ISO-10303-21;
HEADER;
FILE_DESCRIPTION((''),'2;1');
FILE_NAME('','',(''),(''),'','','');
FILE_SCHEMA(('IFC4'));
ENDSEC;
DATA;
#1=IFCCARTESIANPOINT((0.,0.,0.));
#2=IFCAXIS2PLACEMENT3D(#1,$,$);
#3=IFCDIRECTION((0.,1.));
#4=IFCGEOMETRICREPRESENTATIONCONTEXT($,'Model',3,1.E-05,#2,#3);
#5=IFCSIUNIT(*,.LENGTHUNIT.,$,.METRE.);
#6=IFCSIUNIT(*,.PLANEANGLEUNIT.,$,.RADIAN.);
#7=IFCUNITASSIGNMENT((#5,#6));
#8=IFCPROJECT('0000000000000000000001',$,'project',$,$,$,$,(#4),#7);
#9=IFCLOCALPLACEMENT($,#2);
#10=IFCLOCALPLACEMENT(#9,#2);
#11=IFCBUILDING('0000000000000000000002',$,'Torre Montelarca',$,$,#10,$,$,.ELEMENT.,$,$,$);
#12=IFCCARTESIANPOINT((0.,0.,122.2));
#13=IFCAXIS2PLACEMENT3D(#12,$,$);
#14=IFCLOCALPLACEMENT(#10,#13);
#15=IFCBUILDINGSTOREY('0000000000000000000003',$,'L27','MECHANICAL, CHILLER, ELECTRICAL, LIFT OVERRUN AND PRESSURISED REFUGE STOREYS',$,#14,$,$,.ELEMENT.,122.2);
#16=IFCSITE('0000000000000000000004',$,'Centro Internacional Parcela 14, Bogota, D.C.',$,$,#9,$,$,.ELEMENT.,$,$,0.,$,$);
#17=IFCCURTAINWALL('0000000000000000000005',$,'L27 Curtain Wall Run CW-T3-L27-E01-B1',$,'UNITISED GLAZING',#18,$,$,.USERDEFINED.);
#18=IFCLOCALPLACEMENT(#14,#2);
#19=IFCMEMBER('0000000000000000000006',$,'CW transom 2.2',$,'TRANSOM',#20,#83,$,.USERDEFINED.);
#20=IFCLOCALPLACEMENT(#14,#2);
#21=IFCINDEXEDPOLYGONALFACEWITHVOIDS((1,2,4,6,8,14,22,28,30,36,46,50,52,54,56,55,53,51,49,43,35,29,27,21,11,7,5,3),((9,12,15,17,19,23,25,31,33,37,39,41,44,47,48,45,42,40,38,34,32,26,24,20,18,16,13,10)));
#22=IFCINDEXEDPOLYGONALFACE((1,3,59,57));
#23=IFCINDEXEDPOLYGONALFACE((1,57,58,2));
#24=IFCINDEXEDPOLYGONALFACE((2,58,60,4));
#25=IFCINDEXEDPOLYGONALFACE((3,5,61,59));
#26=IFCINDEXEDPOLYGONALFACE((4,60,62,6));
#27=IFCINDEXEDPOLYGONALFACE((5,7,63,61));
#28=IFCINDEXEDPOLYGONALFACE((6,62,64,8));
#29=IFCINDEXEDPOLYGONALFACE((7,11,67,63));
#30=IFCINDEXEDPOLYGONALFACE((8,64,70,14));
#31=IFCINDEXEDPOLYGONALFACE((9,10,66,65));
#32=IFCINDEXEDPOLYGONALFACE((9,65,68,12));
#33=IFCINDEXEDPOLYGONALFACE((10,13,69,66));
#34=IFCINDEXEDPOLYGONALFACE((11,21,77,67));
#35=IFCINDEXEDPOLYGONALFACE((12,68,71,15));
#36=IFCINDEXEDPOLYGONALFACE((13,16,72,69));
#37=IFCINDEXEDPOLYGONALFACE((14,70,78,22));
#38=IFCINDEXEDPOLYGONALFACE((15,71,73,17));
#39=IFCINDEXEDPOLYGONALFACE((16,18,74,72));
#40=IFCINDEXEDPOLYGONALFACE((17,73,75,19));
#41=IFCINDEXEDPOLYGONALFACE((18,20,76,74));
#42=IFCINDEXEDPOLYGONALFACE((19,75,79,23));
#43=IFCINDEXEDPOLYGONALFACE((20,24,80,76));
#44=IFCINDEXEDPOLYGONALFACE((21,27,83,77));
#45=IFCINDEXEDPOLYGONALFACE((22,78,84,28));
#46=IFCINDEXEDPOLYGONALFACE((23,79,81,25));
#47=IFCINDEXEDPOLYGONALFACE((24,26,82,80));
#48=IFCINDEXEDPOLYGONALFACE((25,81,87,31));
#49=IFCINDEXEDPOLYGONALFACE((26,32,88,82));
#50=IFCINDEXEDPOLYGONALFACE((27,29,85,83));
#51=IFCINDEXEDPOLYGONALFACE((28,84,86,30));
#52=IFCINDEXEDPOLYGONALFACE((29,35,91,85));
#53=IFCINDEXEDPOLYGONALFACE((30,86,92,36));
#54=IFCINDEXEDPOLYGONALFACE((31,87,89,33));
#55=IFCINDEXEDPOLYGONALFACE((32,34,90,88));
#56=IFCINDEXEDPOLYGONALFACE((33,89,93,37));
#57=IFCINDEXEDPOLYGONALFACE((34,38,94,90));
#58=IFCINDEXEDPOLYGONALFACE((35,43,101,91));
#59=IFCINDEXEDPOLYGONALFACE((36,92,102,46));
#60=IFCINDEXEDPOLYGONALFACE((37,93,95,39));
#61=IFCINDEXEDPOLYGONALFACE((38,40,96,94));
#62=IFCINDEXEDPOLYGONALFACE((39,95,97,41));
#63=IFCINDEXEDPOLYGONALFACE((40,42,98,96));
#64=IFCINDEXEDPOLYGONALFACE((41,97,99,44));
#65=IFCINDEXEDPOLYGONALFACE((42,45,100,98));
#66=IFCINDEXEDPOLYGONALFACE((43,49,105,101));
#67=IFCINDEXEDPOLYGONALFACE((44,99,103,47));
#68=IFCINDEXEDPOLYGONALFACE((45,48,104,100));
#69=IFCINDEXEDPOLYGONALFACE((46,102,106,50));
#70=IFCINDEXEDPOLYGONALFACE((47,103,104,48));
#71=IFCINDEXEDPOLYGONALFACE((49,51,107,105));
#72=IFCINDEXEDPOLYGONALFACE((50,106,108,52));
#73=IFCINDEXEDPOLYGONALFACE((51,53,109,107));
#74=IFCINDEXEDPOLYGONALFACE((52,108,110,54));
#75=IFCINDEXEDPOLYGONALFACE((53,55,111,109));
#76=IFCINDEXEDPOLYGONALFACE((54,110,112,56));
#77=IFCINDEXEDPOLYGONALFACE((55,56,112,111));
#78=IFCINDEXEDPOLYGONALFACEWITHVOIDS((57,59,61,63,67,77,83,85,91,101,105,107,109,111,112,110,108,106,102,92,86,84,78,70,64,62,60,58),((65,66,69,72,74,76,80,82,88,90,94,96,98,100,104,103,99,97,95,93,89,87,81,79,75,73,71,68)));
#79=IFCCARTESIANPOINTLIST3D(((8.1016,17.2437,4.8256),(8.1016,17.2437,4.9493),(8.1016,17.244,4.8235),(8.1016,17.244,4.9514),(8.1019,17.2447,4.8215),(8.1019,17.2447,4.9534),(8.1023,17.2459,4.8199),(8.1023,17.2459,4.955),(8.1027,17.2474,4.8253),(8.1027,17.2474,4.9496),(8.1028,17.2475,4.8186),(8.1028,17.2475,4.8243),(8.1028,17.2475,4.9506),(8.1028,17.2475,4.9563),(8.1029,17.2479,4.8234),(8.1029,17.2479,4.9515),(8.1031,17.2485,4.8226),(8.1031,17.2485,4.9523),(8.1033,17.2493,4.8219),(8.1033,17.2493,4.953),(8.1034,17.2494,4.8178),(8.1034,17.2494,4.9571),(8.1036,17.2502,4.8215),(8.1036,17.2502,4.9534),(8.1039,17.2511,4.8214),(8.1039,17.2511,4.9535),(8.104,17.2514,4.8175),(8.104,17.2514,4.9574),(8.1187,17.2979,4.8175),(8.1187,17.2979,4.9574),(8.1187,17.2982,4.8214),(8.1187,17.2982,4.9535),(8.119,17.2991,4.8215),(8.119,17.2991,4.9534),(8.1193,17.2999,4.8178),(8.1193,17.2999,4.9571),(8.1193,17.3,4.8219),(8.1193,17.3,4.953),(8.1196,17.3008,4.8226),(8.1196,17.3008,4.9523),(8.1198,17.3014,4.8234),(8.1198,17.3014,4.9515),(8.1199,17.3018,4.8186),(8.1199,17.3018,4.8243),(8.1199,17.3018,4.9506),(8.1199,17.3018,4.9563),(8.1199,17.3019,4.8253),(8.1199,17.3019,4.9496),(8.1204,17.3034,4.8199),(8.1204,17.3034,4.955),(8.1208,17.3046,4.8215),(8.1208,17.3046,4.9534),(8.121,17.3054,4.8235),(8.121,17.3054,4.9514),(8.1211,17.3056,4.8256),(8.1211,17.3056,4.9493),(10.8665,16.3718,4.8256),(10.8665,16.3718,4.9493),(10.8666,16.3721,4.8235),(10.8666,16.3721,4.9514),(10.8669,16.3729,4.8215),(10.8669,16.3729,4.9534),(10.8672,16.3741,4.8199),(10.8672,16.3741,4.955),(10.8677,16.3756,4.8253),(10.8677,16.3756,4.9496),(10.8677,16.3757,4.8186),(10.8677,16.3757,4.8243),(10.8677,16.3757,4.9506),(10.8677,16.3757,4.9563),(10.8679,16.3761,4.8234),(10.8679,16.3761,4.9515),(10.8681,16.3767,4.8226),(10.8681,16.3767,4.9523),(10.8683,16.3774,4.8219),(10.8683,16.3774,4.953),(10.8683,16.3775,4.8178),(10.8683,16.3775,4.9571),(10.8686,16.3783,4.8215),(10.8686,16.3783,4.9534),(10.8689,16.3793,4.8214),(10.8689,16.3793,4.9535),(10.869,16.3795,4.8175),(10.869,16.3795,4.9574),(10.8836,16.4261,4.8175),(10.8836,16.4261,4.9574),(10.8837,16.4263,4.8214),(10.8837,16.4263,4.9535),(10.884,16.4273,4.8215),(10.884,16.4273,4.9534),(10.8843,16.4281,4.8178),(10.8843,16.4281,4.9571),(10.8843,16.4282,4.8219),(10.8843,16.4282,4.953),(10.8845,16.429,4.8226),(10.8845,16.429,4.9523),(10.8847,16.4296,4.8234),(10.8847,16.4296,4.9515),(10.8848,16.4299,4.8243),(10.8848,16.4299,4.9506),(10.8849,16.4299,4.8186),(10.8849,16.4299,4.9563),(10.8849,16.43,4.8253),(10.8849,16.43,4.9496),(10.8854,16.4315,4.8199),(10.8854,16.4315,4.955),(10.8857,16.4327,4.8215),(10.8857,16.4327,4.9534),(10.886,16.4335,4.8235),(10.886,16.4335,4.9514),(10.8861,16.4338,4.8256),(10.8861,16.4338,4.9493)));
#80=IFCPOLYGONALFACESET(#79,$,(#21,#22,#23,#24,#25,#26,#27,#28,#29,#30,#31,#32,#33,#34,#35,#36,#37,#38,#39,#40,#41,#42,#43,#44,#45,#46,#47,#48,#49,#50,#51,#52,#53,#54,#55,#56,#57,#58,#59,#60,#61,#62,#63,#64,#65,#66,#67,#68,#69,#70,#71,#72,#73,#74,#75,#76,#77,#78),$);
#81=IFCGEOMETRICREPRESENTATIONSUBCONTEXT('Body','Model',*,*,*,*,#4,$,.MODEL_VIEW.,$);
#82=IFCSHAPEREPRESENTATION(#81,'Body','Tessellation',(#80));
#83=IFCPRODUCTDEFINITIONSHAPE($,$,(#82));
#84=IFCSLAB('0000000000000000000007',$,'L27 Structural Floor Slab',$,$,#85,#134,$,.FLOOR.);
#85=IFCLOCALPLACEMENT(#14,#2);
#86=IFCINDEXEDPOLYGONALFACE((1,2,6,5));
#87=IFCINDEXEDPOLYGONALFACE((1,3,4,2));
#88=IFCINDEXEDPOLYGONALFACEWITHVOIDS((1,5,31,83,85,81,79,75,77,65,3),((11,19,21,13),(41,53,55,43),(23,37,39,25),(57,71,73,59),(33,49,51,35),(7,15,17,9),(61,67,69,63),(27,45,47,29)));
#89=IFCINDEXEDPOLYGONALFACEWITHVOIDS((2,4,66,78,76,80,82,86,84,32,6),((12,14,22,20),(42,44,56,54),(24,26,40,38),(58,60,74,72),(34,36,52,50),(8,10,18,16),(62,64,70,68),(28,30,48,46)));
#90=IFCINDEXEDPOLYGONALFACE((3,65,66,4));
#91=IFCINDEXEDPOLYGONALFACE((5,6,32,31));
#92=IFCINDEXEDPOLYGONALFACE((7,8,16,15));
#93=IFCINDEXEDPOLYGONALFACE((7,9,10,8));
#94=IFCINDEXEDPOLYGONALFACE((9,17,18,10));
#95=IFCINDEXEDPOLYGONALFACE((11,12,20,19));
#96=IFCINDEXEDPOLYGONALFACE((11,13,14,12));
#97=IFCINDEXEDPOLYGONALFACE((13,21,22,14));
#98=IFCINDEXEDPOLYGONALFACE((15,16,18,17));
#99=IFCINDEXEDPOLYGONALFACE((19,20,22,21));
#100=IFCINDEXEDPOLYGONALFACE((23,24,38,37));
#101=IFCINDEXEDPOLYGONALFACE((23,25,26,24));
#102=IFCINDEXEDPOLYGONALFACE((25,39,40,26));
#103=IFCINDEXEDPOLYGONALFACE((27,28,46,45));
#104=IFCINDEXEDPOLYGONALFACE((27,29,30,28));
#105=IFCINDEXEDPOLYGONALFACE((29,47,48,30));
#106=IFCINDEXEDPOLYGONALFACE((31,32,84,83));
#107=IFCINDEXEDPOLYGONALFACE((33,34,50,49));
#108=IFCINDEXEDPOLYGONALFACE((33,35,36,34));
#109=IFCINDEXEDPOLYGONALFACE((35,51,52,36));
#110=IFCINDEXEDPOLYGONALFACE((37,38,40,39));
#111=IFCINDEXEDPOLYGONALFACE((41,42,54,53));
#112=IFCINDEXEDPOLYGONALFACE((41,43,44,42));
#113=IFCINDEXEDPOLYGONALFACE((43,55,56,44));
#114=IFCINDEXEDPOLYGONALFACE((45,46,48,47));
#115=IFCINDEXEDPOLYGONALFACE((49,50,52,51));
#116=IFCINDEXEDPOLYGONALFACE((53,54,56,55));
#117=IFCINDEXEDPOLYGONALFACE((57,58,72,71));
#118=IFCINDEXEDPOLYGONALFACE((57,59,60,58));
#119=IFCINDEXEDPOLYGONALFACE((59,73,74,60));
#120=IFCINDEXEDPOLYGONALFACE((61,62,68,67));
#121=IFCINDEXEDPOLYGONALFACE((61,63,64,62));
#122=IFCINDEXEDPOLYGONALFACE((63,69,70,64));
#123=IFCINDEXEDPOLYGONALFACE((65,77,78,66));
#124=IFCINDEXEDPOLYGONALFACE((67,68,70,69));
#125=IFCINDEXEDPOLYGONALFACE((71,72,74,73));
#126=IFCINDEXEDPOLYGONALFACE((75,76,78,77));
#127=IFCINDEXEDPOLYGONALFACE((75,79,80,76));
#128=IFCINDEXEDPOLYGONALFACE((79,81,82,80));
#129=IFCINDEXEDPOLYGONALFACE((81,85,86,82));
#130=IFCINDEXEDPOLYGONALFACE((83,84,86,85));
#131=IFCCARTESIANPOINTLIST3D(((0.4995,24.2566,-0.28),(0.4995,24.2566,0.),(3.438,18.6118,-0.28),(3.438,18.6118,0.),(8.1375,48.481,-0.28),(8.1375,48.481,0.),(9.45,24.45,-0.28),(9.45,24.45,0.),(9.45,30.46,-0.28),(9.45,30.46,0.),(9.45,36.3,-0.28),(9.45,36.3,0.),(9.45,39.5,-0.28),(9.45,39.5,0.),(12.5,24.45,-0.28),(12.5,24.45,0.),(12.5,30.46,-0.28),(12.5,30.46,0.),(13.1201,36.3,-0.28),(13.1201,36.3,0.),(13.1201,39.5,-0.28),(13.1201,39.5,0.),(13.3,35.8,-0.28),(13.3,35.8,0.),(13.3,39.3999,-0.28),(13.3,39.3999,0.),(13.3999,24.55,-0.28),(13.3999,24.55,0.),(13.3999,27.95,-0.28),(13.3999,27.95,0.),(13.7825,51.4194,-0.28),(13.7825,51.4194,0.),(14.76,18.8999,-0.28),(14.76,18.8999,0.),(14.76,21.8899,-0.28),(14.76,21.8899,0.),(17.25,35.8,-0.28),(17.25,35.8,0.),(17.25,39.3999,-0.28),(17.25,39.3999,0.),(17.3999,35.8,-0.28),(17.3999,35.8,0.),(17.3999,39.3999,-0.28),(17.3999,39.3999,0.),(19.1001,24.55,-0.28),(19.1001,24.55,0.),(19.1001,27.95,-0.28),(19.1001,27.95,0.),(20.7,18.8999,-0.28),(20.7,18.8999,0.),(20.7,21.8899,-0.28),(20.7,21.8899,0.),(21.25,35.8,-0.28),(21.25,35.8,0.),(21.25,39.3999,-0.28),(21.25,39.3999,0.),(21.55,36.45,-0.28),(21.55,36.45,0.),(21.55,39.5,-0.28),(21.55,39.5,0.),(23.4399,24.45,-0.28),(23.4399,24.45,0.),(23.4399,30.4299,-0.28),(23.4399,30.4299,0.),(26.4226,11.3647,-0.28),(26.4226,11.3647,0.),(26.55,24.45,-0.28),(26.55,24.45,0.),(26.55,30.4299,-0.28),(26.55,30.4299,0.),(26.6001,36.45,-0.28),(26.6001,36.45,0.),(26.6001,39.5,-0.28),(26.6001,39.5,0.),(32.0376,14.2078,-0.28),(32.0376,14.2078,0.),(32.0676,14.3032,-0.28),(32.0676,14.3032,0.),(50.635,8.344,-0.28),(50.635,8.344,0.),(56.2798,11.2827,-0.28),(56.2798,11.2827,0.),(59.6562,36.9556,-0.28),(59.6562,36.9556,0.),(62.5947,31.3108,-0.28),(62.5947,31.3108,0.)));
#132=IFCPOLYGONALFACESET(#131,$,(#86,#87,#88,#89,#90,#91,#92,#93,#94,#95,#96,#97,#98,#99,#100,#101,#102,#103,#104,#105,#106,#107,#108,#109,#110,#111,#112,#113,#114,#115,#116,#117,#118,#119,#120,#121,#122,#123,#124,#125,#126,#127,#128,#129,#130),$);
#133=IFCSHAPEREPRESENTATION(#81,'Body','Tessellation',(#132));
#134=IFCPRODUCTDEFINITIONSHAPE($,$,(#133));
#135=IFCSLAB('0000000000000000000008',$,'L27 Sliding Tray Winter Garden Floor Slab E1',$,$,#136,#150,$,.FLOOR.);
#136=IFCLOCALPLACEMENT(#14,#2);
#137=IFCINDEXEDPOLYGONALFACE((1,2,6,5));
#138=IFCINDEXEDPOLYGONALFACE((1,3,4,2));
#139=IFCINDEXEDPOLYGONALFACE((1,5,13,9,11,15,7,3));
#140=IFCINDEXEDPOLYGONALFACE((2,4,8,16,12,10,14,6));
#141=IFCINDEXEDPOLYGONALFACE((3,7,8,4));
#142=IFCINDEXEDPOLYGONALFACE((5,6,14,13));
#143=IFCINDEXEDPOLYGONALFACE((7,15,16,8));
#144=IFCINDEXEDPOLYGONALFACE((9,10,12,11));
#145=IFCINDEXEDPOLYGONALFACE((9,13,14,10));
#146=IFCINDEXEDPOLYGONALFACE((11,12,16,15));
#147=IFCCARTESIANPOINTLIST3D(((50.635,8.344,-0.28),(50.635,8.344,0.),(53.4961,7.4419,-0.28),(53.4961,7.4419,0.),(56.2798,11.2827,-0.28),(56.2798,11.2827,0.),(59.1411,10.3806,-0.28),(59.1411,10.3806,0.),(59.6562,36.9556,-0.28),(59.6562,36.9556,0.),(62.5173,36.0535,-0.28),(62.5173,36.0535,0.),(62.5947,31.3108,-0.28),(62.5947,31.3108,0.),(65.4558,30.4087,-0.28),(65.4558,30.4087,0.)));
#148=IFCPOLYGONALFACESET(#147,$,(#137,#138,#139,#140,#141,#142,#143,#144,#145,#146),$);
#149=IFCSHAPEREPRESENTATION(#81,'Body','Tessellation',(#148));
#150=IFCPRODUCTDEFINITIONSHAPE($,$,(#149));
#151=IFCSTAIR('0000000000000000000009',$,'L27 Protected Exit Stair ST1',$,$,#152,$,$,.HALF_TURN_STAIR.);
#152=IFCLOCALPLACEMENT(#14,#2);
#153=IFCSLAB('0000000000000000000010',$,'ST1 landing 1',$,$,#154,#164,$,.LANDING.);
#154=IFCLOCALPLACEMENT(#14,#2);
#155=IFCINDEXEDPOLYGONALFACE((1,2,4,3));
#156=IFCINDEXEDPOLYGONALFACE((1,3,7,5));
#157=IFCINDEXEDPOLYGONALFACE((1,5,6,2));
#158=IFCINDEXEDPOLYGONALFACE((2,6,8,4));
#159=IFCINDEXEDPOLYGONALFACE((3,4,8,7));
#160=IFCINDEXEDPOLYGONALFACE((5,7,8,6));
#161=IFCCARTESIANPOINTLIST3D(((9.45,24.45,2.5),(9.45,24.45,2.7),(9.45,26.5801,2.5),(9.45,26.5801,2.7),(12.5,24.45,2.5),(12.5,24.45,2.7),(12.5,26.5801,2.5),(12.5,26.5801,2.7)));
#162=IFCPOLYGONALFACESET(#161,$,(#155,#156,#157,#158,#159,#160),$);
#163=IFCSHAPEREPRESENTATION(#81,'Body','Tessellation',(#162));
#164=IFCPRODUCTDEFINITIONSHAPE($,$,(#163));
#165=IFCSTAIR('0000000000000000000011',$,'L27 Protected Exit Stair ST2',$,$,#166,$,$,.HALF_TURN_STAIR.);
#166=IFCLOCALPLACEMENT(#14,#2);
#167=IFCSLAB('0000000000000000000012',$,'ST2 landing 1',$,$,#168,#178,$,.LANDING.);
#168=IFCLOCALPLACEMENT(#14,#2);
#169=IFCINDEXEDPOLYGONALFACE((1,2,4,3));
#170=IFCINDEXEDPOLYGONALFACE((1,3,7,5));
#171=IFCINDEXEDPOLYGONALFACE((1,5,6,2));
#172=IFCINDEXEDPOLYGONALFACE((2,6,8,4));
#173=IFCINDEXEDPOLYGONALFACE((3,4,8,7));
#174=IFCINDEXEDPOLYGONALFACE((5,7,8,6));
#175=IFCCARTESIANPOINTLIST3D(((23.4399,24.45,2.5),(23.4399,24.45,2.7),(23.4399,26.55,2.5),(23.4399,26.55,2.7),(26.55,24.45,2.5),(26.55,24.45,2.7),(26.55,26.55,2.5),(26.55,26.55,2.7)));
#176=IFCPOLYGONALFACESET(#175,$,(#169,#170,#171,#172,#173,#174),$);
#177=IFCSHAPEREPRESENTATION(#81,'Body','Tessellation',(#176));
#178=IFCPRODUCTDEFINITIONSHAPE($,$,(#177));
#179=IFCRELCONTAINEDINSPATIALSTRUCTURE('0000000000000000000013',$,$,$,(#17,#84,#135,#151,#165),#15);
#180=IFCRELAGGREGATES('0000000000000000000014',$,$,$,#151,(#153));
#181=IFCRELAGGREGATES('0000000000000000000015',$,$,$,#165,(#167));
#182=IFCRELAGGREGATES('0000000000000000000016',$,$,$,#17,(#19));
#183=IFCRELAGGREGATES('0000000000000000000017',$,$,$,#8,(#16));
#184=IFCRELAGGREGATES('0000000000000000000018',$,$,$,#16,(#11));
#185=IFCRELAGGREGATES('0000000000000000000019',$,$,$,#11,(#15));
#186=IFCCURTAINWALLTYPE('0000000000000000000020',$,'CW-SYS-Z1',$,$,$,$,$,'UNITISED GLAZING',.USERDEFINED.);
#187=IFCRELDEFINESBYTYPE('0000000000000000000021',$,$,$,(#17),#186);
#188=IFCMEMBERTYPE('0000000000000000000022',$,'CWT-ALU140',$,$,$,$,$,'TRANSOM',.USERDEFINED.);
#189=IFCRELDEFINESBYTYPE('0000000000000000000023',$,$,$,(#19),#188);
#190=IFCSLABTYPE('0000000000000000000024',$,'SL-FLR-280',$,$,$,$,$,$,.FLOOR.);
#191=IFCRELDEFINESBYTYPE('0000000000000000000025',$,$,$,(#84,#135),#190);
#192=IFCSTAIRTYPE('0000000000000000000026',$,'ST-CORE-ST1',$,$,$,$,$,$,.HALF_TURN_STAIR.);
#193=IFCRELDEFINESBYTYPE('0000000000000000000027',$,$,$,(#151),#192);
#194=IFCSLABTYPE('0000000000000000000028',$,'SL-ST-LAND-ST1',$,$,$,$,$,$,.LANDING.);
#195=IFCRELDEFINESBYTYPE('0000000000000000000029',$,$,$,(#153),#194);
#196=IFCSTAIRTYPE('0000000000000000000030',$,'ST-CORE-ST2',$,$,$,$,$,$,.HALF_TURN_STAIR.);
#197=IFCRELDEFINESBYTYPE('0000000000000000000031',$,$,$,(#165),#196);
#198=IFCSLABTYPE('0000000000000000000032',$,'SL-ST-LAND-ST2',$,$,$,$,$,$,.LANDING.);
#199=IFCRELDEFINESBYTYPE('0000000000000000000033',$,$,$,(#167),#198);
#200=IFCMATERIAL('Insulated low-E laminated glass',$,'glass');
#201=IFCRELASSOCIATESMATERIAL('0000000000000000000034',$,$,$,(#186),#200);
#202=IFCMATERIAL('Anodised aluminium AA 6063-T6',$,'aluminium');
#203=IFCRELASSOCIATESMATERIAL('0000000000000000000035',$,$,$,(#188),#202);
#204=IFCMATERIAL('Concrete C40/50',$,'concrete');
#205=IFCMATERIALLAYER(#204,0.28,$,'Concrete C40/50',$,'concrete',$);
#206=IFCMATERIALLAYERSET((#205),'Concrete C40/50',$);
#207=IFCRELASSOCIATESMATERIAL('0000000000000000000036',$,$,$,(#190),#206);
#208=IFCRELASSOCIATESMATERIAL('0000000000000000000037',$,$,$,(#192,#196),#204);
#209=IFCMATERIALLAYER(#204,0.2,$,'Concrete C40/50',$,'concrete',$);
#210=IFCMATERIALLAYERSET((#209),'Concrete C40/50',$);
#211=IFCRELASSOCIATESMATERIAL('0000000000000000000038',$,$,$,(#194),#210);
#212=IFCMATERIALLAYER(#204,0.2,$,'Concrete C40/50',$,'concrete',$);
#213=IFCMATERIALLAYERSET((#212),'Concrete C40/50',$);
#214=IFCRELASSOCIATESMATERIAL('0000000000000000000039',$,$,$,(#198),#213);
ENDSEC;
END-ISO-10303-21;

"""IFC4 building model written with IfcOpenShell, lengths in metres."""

from ifc_helpers import new_model, si_unit, direction, frame, origin, origin_2d, place, context, subcontext, project, spatial, polyline, hollow_rectangle, outline, extrude, source, transform, mapped, material, layer, layer_set, material_profile, profile_set, type_object, element, aggregate, save


model = new_model("IFC4")

# Units and contexts
model_context = context("Model", 3, precision=1e-05, world=origin(), true_north=direction((0.0, 1.0)))
body_context = subcontext(model_context, "Body", "Model", "MODEL_VIEW")
ifc_project = project(units=[si_unit("LENGTHUNIT", "METRE"), si_unit("PLANEANGLEUNIT", "RADIAN")], contexts=[model_context])

# Site, building, storey
site_placement = place(None, origin())
site = spatial("IfcSite", under=ifc_project, at=site_placement, Name="Centro Internacional Parcela 14, Bogota, D.C.", CompositionType="ELEMENT", RefElevation=0.0)
building_placement = place(site_placement, origin())
building = spatial("IfcBuilding", under=site, at=building_placement, Name="Torre Montelarca", CompositionType="ELEMENT")
storey_placement = place(building_placement, frame((0.0, 0.0, 122.2)))
storey = spatial("IfcBuildingStorey", under=building, at=storey_placement, Name="L27", Description="MECHANICAL, CHILLER, ELECTRICAL, LIFT OVERRUN AND PRESSURISED REFUGE STOREYS", CompositionType="ELEMENT", Elevation=122.2)

# Curtain wall, member
ifc_material_1 = material(Name="Insulated low-E laminated glass", Category="glass")
curtain_wall_type = type_object("IfcCurtainWallType", Name="CW-SYS-Z1", ElementType="UNITISED GLAZING", PredefinedType="USERDEFINED", material=ifc_material_1)
curtain_wall_placement = place(storey_placement, origin())
curtain_wall = element("IfcCurtainWall", 1, at=curtain_wall_placement, inside=storey, type_object=curtain_wall_type, Name="L27 Curtain Wall Run CW-T3-L27-E01-B1", ObjectType="UNITISED GLAZING", PredefinedType="USERDEFINED")
ifc_material_2 = material(Name="Anodised aluminium AA 6063-T6", Category="aluminium")
ifc_material_profile_1 = material_profile(ifc_material_2, hollow_rectangle(XDim=0.0649, YDim=0.1399, WallThickness=0.0039, InnerFilletRadius=0.0039, OuterFilletRadius=0.0081, at=origin_2d()), Name="ALU65X140X4", Category="aluminium")
ifc_profile_set_1 = profile_set([ifc_material_profile_1], Name="Anodised aluminium AA 6063-T6")
member_type_1 = type_object("IfcMemberType", Name="CWT-ALU140", ElementType="TRANSOM", PredefinedType="USERDEFINED", material=ifc_profile_set_1)
shared_shape_1 = source(origin(), body_context, "Body", "SweptSolid", [
    extrude(hollow_rectangle(XDim=0.0649, YDim=0.1399, WallThickness=0.0039, InnerFilletRadius=0.0039, OuterFilletRadius=0.0081, at=origin_2d()), origin(), (0.0, 0.0, 1.0), 2.8992),
])
member_1_placement = place(storey_placement, frame((8.1113, 17.2747, 4.8875), z_axis=(0.953711, -0.300724, 0.0), x_axis=(0.300724, 0.953711, 0.0)))
member_1 = element("IfcMember", 2, at=member_1_placement, type_object=member_type_1, Name="CW transom 2.2", ObjectType="TRANSOM", PredefinedType="USERDEFINED", context=body_context, shape_type="MappedRepresentation", body=[
    mapped(shared_shape_1, transform((0.0, 0.0, 0.0), scale=1.0)),
])

# Slabs
ifc_material_3 = material(Name="Concrete C40/50", Category="concrete")
ifc_layer_1 = layer(ifc_material_3, 0.28, Name="Concrete C40/50", Category="concrete")
ifc_layer_set_1 = layer_set([ifc_layer_1], Name="Concrete C40/50")
slab_type_1 = type_object("IfcSlabType", Name="SL-FLR-280", PredefinedType="FLOOR", material=ifc_layer_set_1)
slab_1_placement = place(storey_placement, frame((0.0, 0.0, -0.28)))
element("IfcSlab", 3, at=slab_1_placement, inside=storey, type_object=slab_type_1, Name="L27 Structural Floor Slab", PredefinedType="FLOOR", context=body_context, shape_type="SweptSolid", body=[
    extrude(outline(polyline([(26.4226, 11.3647), (32.0676, 14.3032), (32.0376, 14.2078), (50.635, 8.344), (56.2798, 11.2827), (62.5947, 31.3108), (59.6562, 36.9556), (13.7825, 51.4194), (8.1375, 48.481), (0.4995, 24.2566), (3.438, 18.6118), (26.4226, 11.3647)]), holes=[polyline([(20.7, 18.8999), (14.76, 18.8999), (14.76, 21.8899), (20.7, 21.8899), (20.7, 18.8999)]), polyline([(19.1001, 24.55), (13.3999, 24.55), (13.3999, 27.95), (19.1001, 27.95), (19.1001, 24.55)]), polyline([(23.4399, 24.45), (23.4399, 30.4299), (26.55, 30.4299), (26.55, 24.45), (23.4399, 24.45)]), polyline([(9.45, 24.45), (9.45, 30.46), (12.5, 30.46), (12.5, 24.45), (9.45, 24.45)]), polyline([(17.25, 35.8), (13.3, 35.8), (13.3, 39.3999), (17.25, 39.3999), (17.25, 35.8)]), polyline([(21.25, 35.8), (17.3999, 35.8), (17.3999, 39.3999), (21.25, 39.3999), (21.25, 35.8)]), polyline([(13.1201, 36.3), (9.45, 36.3), (9.45, 39.5), (13.1201, 39.5), (13.1201, 36.3)]), polyline([(26.6001, 36.45), (21.55, 36.45), (21.55, 39.5), (26.6001, 39.5), (26.6001, 36.45)])]), origin(), (0.0, 0.0, 1.0), 0.28),
])
slab_2_placement = place(storey_placement, frame((0.0, 0.0, -0.28)))
element("IfcSlab", 4, at=slab_2_placement, inside=storey, type_object=slab_type_1, Name="L27 Sliding Tray Winter Garden Floor Slab E1", PredefinedType="FLOOR", context=body_context, shape_type="SweptSolid", body=[
    extrude(outline(polyline([(59.6562, 36.9556), (62.5947, 31.3108), (56.2798, 11.2827), (50.635, 8.344), (53.4961, 7.4419), (59.1411, 10.3806), (65.4558, 30.4087), (62.5173, 36.0535), (59.6562, 36.9556)])), origin(), (0.0, 0.0, 1.0), 0.28),
])

# Stairs, slabs
stair_type_1 = type_object("IfcStairType", Name="ST-CORE-ST1", PredefinedType="HALF_TURN_STAIR", material=ifc_material_3)
stair_1_placement = place(storey_placement, origin())
stair_1 = element("IfcStair", 5, at=stair_1_placement, inside=storey, type_object=stair_type_1, Name="L27 Protected Exit Stair ST1", PredefinedType="HALF_TURN_STAIR")
ifc_layer_2 = layer(ifc_material_3, 0.2, Name="Concrete C40/50", Category="concrete")
ifc_layer_set_2 = layer_set([ifc_layer_2], Name="Concrete C40/50")
slab_type_2 = type_object("IfcSlabType", Name="SL-ST-LAND-ST1", PredefinedType="LANDING", material=ifc_layer_set_2)
slab_3_placement = place(storey_placement, frame((0.0, 0.0, 2.5)))
slab_3 = element("IfcSlab", 6, at=slab_3_placement, type_object=slab_type_2, Name="ST1 landing 1", PredefinedType="LANDING", context=body_context, shape_type="SweptSolid", body=[
    extrude(outline(polyline([(9.45, 26.5801), (9.45, 24.45), (12.5, 24.45), (12.5, 26.5801), (9.45, 26.5801)])), origin(), (0.0, 0.0, 1.0), 0.2),
])
aggregate(stair_1, [slab_3])
stair_type_2 = type_object("IfcStairType", Name="ST-CORE-ST2", PredefinedType="HALF_TURN_STAIR", material=ifc_material_3)
stair_2_placement = place(storey_placement, origin())
stair_2 = element("IfcStair", 7, at=stair_2_placement, inside=storey, type_object=stair_type_2, Name="L27 Protected Exit Stair ST2", PredefinedType="HALF_TURN_STAIR")
ifc_layer_3 = layer(ifc_material_3, 0.2, Name="Concrete C40/50", Category="concrete")
ifc_layer_set_3 = layer_set([ifc_layer_3], Name="Concrete C40/50")
slab_type_3 = type_object("IfcSlabType", Name="SL-ST-LAND-ST2", PredefinedType="LANDING", material=ifc_layer_set_3)
slab_4_placement = place(storey_placement, frame((0.0, 0.0, 2.5)))
slab_4 = element("IfcSlab", 8, at=slab_4_placement, type_object=slab_type_3, Name="ST2 landing 1", PredefinedType="LANDING", context=body_context, shape_type="SweptSolid", body=[
    extrude(outline(polyline([(23.4399, 26.55), (23.4399, 24.45), (26.55, 24.45), (26.55, 26.55), (23.4399, 26.55)])), origin(), (0.0, 0.0, 1.0), 0.2),
])
aggregate(stair_2, [slab_4])

aggregate(curtain_wall, [member_1])

save(model, "model.ifc")
